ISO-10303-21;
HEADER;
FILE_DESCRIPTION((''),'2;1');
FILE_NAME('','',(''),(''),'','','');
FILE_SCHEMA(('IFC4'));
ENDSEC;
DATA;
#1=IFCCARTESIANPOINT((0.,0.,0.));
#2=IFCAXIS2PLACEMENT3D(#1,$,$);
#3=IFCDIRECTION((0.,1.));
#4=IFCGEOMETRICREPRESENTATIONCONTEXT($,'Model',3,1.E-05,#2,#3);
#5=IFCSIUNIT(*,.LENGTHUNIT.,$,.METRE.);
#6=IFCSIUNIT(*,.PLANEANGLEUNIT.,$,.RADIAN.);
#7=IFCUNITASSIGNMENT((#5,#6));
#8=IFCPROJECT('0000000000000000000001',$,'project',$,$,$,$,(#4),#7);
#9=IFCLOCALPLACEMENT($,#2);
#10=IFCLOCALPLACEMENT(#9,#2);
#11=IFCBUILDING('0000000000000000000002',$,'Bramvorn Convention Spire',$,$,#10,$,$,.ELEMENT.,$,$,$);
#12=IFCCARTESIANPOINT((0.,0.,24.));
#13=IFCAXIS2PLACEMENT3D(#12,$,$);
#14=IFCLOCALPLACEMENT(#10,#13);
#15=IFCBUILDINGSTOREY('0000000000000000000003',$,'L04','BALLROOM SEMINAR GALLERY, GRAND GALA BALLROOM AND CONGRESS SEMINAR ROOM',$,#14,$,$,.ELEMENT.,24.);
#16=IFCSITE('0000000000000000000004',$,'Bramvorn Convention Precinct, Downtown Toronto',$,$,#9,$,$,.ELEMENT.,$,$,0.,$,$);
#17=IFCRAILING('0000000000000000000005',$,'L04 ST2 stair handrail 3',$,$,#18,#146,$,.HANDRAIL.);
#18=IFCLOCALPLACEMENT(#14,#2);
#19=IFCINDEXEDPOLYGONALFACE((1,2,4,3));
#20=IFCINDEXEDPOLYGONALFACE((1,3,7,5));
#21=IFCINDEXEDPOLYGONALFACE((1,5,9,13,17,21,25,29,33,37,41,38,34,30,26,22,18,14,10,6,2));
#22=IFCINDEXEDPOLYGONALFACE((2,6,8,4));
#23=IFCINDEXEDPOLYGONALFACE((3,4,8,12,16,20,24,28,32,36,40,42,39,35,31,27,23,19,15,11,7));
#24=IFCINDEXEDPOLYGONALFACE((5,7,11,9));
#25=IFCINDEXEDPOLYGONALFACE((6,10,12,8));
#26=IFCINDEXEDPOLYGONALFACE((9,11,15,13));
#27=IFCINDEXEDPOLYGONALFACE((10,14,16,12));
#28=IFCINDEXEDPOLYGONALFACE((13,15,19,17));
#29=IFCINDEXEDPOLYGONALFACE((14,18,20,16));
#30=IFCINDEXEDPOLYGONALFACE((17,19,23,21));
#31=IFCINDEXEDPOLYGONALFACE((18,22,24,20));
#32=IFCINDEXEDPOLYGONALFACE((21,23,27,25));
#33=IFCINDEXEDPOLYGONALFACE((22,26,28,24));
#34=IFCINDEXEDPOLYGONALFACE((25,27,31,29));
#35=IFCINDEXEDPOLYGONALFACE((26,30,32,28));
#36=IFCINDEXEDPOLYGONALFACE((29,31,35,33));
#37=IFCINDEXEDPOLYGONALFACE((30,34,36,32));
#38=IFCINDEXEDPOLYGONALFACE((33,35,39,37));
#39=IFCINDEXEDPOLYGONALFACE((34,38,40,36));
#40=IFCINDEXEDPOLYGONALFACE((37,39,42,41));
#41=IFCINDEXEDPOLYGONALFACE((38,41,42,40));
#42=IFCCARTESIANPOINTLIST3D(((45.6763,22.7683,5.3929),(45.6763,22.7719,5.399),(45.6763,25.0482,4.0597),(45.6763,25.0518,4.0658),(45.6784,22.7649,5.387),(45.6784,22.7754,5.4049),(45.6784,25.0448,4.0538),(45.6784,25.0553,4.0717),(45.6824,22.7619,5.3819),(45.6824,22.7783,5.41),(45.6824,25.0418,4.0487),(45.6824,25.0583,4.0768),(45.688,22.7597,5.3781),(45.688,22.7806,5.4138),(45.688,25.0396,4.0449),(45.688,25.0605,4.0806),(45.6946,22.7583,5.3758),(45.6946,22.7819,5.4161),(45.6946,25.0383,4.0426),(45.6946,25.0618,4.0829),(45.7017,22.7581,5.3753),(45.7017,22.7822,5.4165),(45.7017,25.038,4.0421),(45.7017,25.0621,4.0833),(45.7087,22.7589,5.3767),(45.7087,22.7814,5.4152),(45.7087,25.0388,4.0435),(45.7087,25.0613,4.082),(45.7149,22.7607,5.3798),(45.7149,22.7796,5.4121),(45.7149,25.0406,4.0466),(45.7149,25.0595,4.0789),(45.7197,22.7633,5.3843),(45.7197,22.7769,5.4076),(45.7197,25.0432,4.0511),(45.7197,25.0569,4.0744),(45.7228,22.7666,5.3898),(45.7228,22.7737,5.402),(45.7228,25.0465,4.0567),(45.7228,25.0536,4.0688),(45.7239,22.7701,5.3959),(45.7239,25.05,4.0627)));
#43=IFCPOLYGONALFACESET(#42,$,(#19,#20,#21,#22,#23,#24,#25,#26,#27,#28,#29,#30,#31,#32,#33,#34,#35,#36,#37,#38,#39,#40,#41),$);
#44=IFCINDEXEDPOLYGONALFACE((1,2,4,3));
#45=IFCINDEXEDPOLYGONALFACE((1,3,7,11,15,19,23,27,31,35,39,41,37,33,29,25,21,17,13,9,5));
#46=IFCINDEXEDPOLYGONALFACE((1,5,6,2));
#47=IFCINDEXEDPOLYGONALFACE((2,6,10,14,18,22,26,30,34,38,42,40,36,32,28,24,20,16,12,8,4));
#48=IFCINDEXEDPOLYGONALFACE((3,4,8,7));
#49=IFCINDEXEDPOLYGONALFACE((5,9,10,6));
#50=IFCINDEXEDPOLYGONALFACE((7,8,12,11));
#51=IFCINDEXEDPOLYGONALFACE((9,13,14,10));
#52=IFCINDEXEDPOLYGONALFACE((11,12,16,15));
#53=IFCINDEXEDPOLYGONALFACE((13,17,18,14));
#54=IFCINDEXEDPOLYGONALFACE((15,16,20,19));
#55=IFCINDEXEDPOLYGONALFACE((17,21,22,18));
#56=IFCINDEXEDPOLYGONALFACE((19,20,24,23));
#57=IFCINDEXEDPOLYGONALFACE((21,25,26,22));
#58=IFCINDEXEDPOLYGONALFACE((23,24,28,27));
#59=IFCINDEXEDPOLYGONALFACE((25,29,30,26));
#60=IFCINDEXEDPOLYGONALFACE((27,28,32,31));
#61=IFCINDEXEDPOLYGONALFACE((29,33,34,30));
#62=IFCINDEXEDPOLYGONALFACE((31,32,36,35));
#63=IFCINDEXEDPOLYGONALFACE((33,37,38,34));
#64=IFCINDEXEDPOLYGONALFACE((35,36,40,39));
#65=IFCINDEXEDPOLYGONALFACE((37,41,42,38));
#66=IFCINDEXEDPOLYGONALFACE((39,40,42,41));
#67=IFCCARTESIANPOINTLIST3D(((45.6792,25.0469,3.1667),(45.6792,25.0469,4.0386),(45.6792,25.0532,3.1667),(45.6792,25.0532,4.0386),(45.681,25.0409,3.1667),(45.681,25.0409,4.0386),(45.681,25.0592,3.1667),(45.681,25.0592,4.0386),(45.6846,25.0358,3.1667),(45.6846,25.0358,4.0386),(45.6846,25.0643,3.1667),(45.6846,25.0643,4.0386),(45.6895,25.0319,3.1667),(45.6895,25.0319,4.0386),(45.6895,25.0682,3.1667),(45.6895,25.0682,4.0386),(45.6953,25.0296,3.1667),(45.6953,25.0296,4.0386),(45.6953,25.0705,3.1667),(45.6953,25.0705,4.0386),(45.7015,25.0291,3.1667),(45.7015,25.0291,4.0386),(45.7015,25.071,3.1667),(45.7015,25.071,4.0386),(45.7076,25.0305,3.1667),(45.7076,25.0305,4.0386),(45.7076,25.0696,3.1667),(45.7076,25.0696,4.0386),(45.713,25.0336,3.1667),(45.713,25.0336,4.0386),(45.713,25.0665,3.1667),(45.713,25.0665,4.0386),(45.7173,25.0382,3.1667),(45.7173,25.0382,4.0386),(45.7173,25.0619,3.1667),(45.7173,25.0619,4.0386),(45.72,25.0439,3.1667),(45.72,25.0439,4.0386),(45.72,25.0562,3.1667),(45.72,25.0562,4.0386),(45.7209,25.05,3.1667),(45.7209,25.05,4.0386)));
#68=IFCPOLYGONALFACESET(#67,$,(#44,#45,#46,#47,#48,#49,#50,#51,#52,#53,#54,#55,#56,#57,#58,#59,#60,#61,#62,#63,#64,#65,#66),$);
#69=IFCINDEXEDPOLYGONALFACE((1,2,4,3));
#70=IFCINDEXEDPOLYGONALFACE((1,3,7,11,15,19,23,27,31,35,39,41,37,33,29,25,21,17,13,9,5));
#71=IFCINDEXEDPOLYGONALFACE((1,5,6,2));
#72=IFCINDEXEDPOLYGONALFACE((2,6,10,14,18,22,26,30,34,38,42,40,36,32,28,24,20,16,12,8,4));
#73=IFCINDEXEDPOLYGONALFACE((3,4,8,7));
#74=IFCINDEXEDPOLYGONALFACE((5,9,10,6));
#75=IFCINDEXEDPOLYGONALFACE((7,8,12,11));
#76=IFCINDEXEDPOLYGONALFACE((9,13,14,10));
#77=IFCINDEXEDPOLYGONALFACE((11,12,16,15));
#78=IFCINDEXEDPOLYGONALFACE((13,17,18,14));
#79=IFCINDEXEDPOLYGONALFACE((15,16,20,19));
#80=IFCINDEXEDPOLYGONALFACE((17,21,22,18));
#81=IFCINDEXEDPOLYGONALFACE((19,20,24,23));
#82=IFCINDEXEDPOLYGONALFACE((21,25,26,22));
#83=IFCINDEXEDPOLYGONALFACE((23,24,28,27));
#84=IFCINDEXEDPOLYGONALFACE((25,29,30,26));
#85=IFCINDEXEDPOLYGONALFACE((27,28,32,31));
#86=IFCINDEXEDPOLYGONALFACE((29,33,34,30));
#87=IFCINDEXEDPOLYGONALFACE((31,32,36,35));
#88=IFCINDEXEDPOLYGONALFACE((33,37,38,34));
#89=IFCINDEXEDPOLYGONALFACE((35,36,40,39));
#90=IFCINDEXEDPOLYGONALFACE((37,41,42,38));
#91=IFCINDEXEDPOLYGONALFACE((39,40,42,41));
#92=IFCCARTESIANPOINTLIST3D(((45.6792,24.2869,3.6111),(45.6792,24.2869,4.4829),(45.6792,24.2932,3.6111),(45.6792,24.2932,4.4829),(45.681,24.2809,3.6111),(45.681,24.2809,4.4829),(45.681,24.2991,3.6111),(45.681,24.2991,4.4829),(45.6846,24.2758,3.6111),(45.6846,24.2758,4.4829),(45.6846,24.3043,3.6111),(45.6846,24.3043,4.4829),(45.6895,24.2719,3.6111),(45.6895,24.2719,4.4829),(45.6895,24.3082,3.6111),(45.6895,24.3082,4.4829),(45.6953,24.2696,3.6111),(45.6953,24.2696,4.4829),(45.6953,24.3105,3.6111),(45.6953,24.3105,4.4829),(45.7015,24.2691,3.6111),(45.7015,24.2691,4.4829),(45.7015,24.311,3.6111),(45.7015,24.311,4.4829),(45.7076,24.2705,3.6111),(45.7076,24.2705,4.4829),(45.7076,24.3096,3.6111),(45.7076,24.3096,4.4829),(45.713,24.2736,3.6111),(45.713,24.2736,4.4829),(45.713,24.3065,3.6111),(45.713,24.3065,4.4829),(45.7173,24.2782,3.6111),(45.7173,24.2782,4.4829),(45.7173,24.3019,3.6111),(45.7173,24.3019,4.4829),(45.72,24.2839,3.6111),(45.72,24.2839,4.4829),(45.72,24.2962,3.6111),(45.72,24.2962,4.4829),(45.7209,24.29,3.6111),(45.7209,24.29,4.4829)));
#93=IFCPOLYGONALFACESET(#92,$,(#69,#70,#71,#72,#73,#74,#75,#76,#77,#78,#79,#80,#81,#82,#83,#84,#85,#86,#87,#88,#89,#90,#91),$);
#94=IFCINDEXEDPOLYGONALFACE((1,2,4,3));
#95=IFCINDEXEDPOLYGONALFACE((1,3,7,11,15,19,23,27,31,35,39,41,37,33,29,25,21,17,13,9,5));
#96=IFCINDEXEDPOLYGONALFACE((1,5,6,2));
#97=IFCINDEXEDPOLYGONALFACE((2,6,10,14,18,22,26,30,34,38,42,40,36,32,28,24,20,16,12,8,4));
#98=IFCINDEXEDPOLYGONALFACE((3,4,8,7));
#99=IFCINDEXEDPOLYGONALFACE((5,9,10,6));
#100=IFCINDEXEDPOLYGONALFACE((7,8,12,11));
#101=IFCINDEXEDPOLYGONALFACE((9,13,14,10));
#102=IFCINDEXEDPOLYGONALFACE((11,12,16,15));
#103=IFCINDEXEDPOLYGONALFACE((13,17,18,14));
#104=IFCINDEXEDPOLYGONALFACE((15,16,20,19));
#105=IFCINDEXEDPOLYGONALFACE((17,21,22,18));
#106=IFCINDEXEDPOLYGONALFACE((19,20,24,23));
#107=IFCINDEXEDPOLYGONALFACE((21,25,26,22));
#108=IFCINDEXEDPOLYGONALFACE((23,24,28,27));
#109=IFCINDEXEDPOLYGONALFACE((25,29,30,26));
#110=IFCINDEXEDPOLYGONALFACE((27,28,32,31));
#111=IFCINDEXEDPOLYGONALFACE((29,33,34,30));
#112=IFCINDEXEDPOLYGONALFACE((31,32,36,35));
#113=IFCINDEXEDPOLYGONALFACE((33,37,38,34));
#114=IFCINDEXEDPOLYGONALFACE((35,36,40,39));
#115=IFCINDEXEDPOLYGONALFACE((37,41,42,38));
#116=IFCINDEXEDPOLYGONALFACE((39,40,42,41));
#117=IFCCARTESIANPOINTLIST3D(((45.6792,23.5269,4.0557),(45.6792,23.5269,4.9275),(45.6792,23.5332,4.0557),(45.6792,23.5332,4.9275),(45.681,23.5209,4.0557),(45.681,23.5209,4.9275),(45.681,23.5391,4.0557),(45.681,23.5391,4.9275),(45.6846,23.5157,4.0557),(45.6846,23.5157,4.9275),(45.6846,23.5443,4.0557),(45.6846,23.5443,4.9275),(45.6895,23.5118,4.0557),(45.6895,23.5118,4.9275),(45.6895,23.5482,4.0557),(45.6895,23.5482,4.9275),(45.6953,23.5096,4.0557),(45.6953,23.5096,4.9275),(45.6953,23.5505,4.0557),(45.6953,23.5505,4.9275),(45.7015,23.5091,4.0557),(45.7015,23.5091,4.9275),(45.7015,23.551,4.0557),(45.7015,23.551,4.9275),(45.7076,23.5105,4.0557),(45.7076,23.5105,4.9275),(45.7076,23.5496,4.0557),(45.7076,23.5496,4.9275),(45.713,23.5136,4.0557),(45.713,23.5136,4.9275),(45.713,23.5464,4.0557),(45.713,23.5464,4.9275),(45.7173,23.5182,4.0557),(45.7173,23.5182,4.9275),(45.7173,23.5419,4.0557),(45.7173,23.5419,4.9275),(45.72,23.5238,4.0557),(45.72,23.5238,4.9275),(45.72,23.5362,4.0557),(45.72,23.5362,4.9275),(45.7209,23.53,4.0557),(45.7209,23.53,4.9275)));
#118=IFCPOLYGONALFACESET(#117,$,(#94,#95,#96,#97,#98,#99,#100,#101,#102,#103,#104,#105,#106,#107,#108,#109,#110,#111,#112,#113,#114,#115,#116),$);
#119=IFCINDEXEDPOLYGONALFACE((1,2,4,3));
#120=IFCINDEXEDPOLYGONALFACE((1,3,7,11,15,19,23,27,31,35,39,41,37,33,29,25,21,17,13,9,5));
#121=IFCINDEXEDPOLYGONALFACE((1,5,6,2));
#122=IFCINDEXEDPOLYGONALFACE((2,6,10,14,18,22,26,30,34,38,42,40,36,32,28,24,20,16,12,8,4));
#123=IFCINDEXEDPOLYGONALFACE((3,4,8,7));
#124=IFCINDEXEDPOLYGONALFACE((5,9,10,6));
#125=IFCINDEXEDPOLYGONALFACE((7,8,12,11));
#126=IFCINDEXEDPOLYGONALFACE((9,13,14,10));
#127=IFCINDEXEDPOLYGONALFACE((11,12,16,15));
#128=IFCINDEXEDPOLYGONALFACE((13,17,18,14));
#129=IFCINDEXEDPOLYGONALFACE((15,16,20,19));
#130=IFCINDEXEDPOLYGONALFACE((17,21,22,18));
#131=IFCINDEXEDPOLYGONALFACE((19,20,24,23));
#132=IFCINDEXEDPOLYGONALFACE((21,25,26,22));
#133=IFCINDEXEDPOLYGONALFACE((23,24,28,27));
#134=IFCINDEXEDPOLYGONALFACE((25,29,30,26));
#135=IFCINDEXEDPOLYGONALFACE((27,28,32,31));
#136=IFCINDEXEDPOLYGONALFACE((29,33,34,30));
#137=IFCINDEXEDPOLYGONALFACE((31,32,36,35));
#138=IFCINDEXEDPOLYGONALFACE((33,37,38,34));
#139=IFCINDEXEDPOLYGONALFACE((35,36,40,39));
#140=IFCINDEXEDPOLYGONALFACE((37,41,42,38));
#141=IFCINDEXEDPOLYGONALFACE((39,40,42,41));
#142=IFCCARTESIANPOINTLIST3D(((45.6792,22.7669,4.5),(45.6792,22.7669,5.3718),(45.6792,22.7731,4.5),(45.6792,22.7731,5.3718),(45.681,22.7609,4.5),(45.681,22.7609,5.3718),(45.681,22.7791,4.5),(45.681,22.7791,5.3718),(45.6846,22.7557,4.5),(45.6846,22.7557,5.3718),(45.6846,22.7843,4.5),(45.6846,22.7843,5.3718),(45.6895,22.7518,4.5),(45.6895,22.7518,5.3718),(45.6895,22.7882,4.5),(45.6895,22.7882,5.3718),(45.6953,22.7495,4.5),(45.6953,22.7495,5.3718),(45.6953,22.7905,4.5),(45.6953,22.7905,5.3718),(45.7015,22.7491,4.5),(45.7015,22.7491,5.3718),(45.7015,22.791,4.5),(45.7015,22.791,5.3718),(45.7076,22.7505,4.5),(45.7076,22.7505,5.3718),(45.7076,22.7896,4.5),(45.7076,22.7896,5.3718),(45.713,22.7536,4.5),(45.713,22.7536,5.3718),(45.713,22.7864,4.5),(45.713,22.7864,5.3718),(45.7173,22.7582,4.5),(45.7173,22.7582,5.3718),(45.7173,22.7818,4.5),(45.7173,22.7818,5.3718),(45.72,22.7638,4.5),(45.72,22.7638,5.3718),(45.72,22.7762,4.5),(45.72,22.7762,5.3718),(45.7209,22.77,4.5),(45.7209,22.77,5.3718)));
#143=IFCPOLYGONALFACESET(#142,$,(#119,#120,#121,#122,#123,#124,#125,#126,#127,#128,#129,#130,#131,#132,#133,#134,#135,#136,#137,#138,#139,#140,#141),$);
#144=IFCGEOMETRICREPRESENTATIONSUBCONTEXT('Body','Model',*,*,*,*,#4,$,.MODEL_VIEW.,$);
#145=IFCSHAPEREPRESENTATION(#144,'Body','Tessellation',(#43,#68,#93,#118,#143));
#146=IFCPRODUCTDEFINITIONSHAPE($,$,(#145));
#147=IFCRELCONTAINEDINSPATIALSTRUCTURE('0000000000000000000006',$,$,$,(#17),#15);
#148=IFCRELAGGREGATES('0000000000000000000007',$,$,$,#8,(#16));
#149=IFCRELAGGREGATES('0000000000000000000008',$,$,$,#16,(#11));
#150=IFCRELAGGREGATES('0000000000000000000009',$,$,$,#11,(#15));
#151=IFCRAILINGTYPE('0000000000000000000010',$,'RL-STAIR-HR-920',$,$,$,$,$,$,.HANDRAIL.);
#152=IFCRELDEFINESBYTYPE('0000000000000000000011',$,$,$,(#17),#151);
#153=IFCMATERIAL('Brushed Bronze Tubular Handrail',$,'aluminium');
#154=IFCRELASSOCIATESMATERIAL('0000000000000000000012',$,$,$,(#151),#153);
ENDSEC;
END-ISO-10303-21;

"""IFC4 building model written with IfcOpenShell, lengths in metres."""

from ifc_helpers import new_model, si_unit, direction, frame, origin, origin_2d, place, context, subcontext, project, spatial, circle, extrude, material, type_object, element, save


model = new_model("IFC4")

# Units and contexts
model_context = context("Model", 3, precision=1e-05, world=origin(), true_north=direction((0.0, 1.0)))
body_context = subcontext(model_context, "Body", "Model", "MODEL_VIEW")
ifc_project = project(units=[si_unit("LENGTHUNIT", "METRE"), si_unit("PLANEANGLEUNIT", "RADIAN")], contexts=[model_context])

# Site, building, storey
site_placement = place(None, origin())
site = spatial("IfcSite", under=ifc_project, at=site_placement, Name="Bramvorn Convention Precinct, Downtown Toronto", CompositionType="ELEMENT", RefElevation=0.0)
building_placement = place(site_placement, origin())
building = spatial("IfcBuilding", under=site, at=building_placement, Name="Bramvorn Convention Spire", CompositionType="ELEMENT")
storey_placement = place(building_placement, frame((0.0, 0.0, 24.0)))
storey = spatial("IfcBuildingStorey", under=building, at=storey_placement, Name="L04", Description="BALLROOM SEMINAR GALLERY, GRAND GALA BALLROOM AND CONGRESS SEMINAR ROOM", CompositionType="ELEMENT", Elevation=24.0)

# Railing
ifc_material_1 = material(Name="Brushed Bronze Tubular Handrail", Category="aluminium")
railing_type_1 = type_object("IfcRailingType", Name="RL-STAIR-HR-920", PredefinedType="HANDRAIL", material=ifc_material_1)
for number, where, name in (
    (1, (45.7, 25.05, 3.1667), "L04 ST2 stair handrail 3"),
):
    element("IfcRailing", number, at=place(storey_placement, frame(where)), inside=storey, type_object=railing_type_1, Name=name, PredefinedType="HANDRAIL", context=body_context, shape_type="SweptSolid", body=[
        extrude(circle(Radius=0.0239, at=origin_2d()), frame((0.0, 0.0, 0.896), z_axis=(0.0, -0.863245, 0.504785), x_axis=(1.0, 0.0, 0.0)), (0.0, 0.0, 1.0), 2.6411),
        extrude(circle(Radius=0.021, at=origin_2d()), origin(), (0.0, 0.0, 1.0), 0.8718),
        extrude(circle(Radius=0.021, at=origin_2d()), frame((0.0, -0.76, 0.4443)), (0.0, 0.0, 1.0), 0.8718),
        extrude(circle(Radius=0.021, at=origin_2d()), frame((0.0, -1.52, 0.8889)), (0.0, 0.0, 1.0), 0.8718),
        extrude(circle(Radius=0.021, at=origin_2d()), frame((0.0, -2.28, 1.3333)), (0.0, 0.0, 1.0), 0.8718),
    ])

save(model, "model.ifc")
